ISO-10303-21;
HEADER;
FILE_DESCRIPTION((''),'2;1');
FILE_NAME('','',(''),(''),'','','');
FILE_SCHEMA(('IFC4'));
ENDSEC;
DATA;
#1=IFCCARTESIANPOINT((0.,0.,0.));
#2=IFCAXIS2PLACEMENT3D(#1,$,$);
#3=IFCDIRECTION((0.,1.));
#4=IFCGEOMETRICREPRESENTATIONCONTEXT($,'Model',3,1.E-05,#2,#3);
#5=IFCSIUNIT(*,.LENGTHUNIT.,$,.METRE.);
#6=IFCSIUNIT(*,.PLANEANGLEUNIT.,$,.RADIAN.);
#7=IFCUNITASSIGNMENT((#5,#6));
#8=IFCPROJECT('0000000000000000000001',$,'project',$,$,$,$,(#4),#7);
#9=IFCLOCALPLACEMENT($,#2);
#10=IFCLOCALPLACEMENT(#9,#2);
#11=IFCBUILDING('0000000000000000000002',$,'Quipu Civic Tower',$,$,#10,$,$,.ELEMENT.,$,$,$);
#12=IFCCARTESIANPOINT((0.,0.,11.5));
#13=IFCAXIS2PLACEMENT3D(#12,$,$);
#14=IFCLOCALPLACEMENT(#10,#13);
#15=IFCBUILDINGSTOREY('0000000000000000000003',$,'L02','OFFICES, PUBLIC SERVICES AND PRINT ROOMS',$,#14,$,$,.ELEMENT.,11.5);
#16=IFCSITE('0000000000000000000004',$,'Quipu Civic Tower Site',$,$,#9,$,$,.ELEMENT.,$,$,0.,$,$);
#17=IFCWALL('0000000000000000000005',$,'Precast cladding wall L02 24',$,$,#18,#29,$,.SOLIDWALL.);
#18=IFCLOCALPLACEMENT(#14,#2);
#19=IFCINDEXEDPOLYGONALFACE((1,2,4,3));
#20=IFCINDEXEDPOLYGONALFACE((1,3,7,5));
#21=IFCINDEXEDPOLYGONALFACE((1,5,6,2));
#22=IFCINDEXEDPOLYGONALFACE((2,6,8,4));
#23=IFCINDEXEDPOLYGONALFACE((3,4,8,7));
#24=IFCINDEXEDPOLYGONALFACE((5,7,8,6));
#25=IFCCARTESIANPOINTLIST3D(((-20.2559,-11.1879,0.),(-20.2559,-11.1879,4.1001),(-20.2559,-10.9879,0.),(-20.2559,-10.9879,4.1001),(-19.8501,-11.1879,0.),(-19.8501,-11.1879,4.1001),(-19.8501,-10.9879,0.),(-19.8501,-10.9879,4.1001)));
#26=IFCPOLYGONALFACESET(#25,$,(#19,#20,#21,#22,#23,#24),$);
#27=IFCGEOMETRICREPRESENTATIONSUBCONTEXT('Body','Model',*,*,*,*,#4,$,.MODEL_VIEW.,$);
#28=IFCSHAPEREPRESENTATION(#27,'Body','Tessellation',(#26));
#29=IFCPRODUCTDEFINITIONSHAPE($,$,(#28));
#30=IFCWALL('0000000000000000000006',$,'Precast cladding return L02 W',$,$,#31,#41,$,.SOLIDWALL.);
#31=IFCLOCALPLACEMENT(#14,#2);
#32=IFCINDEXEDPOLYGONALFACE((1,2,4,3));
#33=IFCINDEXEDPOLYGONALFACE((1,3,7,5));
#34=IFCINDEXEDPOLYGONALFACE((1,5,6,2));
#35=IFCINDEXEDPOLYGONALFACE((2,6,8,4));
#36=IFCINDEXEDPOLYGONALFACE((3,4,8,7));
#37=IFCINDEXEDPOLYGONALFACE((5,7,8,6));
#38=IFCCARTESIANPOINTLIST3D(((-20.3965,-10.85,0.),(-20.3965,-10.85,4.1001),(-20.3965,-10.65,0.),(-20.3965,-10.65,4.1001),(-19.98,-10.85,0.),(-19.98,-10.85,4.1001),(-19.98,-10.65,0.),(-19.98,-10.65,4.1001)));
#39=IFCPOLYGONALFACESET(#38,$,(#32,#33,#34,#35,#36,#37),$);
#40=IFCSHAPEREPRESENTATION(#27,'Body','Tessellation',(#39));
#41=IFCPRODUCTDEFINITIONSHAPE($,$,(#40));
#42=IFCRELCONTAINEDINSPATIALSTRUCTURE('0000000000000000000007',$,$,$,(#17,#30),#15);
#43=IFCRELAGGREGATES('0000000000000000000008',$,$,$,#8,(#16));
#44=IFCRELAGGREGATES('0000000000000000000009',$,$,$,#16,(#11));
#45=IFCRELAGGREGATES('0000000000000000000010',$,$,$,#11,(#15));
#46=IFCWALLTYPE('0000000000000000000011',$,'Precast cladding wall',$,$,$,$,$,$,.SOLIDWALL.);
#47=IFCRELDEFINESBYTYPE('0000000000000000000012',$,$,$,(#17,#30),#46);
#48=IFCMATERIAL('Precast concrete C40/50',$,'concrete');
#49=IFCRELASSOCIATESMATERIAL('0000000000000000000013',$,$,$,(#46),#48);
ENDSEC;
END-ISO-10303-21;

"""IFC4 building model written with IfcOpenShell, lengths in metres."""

from ifc_helpers import new_model, si_unit, direction, frame, frame_2d, origin, place, context, subcontext, project, spatial, rectangle, extrude, material, type_object, element, save


model = new_model("IFC4")

# Units and contexts
model_context = context("Model", 3, precision=1e-05, world=origin(), true_north=direction((0.0, 1.0)))
body_context = subcontext(model_context, "Body", "Model", "MODEL_VIEW")
ifc_project = project(units=[si_unit("LENGTHUNIT", "METRE"), si_unit("PLANEANGLEUNIT", "RADIAN")], contexts=[model_context])

# Site, building, storey
site_placement = place(None, origin())
site = spatial("IfcSite", under=ifc_project, at=site_placement, Name="Quipu Civic Tower Site", CompositionType="ELEMENT", RefElevation=0.0)
building_placement = place(site_placement, origin())
building = spatial("IfcBuilding", under=site, at=building_placement, Name="Quipu Civic Tower", CompositionType="ELEMENT")
storey_placement = place(building_placement, frame((0.0, 0.0, 11.5)))
storey = spatial("IfcBuildingStorey", under=building, at=storey_placement, Name="L02", Description="OFFICES, PUBLIC SERVICES AND PRINT ROOMS", CompositionType="ELEMENT", Elevation=11.5)

# Walls
ifc_material_1 = material(Name="Precast concrete C40/50", Category="concrete")
wall_type_1 = type_object("IfcWallType", Name="Precast cladding wall", PredefinedType="SOLIDWALL", material=ifc_material_1)
wall_1_placement = place(storey_placement, frame((-20.2559, -11.0879, 0.0), z_axis=(0.0, 0.0, 1.0), x_axis=(1.0, 0.0, 0.0)))
element("IfcWall", 1, at=wall_1_placement, inside=storey, type_object=wall_type_1, Name="Precast cladding wall L02 24", PredefinedType="SOLIDWALL", context=body_context, shape_type="SweptSolid", body=[
    extrude(rectangle(XDim=0.4058, YDim=0.2, at=frame_2d((0.2029, 0.0))), origin(), (0.0, 0.0, 1.0), 4.1001),
])
wall_2_placement = place(storey_placement, frame((-19.98, -10.75, 0.0), z_axis=(0.0, 0.0, 1.0), x_axis=(-1.0, 0.0, 0.0)))
element("IfcWall", 2, at=wall_2_placement, inside=storey, type_object=wall_type_1, Name="Precast cladding return L02 W", PredefinedType="SOLIDWALL", context=body_context, shape_type="SweptSolid", body=[
    extrude(rectangle(XDim=0.4165, YDim=0.2, at=frame_2d((0.2083, 0.0))), origin(), (0.0, 0.0, 1.0), 4.1001),
])

save(model, "model.ifc")
